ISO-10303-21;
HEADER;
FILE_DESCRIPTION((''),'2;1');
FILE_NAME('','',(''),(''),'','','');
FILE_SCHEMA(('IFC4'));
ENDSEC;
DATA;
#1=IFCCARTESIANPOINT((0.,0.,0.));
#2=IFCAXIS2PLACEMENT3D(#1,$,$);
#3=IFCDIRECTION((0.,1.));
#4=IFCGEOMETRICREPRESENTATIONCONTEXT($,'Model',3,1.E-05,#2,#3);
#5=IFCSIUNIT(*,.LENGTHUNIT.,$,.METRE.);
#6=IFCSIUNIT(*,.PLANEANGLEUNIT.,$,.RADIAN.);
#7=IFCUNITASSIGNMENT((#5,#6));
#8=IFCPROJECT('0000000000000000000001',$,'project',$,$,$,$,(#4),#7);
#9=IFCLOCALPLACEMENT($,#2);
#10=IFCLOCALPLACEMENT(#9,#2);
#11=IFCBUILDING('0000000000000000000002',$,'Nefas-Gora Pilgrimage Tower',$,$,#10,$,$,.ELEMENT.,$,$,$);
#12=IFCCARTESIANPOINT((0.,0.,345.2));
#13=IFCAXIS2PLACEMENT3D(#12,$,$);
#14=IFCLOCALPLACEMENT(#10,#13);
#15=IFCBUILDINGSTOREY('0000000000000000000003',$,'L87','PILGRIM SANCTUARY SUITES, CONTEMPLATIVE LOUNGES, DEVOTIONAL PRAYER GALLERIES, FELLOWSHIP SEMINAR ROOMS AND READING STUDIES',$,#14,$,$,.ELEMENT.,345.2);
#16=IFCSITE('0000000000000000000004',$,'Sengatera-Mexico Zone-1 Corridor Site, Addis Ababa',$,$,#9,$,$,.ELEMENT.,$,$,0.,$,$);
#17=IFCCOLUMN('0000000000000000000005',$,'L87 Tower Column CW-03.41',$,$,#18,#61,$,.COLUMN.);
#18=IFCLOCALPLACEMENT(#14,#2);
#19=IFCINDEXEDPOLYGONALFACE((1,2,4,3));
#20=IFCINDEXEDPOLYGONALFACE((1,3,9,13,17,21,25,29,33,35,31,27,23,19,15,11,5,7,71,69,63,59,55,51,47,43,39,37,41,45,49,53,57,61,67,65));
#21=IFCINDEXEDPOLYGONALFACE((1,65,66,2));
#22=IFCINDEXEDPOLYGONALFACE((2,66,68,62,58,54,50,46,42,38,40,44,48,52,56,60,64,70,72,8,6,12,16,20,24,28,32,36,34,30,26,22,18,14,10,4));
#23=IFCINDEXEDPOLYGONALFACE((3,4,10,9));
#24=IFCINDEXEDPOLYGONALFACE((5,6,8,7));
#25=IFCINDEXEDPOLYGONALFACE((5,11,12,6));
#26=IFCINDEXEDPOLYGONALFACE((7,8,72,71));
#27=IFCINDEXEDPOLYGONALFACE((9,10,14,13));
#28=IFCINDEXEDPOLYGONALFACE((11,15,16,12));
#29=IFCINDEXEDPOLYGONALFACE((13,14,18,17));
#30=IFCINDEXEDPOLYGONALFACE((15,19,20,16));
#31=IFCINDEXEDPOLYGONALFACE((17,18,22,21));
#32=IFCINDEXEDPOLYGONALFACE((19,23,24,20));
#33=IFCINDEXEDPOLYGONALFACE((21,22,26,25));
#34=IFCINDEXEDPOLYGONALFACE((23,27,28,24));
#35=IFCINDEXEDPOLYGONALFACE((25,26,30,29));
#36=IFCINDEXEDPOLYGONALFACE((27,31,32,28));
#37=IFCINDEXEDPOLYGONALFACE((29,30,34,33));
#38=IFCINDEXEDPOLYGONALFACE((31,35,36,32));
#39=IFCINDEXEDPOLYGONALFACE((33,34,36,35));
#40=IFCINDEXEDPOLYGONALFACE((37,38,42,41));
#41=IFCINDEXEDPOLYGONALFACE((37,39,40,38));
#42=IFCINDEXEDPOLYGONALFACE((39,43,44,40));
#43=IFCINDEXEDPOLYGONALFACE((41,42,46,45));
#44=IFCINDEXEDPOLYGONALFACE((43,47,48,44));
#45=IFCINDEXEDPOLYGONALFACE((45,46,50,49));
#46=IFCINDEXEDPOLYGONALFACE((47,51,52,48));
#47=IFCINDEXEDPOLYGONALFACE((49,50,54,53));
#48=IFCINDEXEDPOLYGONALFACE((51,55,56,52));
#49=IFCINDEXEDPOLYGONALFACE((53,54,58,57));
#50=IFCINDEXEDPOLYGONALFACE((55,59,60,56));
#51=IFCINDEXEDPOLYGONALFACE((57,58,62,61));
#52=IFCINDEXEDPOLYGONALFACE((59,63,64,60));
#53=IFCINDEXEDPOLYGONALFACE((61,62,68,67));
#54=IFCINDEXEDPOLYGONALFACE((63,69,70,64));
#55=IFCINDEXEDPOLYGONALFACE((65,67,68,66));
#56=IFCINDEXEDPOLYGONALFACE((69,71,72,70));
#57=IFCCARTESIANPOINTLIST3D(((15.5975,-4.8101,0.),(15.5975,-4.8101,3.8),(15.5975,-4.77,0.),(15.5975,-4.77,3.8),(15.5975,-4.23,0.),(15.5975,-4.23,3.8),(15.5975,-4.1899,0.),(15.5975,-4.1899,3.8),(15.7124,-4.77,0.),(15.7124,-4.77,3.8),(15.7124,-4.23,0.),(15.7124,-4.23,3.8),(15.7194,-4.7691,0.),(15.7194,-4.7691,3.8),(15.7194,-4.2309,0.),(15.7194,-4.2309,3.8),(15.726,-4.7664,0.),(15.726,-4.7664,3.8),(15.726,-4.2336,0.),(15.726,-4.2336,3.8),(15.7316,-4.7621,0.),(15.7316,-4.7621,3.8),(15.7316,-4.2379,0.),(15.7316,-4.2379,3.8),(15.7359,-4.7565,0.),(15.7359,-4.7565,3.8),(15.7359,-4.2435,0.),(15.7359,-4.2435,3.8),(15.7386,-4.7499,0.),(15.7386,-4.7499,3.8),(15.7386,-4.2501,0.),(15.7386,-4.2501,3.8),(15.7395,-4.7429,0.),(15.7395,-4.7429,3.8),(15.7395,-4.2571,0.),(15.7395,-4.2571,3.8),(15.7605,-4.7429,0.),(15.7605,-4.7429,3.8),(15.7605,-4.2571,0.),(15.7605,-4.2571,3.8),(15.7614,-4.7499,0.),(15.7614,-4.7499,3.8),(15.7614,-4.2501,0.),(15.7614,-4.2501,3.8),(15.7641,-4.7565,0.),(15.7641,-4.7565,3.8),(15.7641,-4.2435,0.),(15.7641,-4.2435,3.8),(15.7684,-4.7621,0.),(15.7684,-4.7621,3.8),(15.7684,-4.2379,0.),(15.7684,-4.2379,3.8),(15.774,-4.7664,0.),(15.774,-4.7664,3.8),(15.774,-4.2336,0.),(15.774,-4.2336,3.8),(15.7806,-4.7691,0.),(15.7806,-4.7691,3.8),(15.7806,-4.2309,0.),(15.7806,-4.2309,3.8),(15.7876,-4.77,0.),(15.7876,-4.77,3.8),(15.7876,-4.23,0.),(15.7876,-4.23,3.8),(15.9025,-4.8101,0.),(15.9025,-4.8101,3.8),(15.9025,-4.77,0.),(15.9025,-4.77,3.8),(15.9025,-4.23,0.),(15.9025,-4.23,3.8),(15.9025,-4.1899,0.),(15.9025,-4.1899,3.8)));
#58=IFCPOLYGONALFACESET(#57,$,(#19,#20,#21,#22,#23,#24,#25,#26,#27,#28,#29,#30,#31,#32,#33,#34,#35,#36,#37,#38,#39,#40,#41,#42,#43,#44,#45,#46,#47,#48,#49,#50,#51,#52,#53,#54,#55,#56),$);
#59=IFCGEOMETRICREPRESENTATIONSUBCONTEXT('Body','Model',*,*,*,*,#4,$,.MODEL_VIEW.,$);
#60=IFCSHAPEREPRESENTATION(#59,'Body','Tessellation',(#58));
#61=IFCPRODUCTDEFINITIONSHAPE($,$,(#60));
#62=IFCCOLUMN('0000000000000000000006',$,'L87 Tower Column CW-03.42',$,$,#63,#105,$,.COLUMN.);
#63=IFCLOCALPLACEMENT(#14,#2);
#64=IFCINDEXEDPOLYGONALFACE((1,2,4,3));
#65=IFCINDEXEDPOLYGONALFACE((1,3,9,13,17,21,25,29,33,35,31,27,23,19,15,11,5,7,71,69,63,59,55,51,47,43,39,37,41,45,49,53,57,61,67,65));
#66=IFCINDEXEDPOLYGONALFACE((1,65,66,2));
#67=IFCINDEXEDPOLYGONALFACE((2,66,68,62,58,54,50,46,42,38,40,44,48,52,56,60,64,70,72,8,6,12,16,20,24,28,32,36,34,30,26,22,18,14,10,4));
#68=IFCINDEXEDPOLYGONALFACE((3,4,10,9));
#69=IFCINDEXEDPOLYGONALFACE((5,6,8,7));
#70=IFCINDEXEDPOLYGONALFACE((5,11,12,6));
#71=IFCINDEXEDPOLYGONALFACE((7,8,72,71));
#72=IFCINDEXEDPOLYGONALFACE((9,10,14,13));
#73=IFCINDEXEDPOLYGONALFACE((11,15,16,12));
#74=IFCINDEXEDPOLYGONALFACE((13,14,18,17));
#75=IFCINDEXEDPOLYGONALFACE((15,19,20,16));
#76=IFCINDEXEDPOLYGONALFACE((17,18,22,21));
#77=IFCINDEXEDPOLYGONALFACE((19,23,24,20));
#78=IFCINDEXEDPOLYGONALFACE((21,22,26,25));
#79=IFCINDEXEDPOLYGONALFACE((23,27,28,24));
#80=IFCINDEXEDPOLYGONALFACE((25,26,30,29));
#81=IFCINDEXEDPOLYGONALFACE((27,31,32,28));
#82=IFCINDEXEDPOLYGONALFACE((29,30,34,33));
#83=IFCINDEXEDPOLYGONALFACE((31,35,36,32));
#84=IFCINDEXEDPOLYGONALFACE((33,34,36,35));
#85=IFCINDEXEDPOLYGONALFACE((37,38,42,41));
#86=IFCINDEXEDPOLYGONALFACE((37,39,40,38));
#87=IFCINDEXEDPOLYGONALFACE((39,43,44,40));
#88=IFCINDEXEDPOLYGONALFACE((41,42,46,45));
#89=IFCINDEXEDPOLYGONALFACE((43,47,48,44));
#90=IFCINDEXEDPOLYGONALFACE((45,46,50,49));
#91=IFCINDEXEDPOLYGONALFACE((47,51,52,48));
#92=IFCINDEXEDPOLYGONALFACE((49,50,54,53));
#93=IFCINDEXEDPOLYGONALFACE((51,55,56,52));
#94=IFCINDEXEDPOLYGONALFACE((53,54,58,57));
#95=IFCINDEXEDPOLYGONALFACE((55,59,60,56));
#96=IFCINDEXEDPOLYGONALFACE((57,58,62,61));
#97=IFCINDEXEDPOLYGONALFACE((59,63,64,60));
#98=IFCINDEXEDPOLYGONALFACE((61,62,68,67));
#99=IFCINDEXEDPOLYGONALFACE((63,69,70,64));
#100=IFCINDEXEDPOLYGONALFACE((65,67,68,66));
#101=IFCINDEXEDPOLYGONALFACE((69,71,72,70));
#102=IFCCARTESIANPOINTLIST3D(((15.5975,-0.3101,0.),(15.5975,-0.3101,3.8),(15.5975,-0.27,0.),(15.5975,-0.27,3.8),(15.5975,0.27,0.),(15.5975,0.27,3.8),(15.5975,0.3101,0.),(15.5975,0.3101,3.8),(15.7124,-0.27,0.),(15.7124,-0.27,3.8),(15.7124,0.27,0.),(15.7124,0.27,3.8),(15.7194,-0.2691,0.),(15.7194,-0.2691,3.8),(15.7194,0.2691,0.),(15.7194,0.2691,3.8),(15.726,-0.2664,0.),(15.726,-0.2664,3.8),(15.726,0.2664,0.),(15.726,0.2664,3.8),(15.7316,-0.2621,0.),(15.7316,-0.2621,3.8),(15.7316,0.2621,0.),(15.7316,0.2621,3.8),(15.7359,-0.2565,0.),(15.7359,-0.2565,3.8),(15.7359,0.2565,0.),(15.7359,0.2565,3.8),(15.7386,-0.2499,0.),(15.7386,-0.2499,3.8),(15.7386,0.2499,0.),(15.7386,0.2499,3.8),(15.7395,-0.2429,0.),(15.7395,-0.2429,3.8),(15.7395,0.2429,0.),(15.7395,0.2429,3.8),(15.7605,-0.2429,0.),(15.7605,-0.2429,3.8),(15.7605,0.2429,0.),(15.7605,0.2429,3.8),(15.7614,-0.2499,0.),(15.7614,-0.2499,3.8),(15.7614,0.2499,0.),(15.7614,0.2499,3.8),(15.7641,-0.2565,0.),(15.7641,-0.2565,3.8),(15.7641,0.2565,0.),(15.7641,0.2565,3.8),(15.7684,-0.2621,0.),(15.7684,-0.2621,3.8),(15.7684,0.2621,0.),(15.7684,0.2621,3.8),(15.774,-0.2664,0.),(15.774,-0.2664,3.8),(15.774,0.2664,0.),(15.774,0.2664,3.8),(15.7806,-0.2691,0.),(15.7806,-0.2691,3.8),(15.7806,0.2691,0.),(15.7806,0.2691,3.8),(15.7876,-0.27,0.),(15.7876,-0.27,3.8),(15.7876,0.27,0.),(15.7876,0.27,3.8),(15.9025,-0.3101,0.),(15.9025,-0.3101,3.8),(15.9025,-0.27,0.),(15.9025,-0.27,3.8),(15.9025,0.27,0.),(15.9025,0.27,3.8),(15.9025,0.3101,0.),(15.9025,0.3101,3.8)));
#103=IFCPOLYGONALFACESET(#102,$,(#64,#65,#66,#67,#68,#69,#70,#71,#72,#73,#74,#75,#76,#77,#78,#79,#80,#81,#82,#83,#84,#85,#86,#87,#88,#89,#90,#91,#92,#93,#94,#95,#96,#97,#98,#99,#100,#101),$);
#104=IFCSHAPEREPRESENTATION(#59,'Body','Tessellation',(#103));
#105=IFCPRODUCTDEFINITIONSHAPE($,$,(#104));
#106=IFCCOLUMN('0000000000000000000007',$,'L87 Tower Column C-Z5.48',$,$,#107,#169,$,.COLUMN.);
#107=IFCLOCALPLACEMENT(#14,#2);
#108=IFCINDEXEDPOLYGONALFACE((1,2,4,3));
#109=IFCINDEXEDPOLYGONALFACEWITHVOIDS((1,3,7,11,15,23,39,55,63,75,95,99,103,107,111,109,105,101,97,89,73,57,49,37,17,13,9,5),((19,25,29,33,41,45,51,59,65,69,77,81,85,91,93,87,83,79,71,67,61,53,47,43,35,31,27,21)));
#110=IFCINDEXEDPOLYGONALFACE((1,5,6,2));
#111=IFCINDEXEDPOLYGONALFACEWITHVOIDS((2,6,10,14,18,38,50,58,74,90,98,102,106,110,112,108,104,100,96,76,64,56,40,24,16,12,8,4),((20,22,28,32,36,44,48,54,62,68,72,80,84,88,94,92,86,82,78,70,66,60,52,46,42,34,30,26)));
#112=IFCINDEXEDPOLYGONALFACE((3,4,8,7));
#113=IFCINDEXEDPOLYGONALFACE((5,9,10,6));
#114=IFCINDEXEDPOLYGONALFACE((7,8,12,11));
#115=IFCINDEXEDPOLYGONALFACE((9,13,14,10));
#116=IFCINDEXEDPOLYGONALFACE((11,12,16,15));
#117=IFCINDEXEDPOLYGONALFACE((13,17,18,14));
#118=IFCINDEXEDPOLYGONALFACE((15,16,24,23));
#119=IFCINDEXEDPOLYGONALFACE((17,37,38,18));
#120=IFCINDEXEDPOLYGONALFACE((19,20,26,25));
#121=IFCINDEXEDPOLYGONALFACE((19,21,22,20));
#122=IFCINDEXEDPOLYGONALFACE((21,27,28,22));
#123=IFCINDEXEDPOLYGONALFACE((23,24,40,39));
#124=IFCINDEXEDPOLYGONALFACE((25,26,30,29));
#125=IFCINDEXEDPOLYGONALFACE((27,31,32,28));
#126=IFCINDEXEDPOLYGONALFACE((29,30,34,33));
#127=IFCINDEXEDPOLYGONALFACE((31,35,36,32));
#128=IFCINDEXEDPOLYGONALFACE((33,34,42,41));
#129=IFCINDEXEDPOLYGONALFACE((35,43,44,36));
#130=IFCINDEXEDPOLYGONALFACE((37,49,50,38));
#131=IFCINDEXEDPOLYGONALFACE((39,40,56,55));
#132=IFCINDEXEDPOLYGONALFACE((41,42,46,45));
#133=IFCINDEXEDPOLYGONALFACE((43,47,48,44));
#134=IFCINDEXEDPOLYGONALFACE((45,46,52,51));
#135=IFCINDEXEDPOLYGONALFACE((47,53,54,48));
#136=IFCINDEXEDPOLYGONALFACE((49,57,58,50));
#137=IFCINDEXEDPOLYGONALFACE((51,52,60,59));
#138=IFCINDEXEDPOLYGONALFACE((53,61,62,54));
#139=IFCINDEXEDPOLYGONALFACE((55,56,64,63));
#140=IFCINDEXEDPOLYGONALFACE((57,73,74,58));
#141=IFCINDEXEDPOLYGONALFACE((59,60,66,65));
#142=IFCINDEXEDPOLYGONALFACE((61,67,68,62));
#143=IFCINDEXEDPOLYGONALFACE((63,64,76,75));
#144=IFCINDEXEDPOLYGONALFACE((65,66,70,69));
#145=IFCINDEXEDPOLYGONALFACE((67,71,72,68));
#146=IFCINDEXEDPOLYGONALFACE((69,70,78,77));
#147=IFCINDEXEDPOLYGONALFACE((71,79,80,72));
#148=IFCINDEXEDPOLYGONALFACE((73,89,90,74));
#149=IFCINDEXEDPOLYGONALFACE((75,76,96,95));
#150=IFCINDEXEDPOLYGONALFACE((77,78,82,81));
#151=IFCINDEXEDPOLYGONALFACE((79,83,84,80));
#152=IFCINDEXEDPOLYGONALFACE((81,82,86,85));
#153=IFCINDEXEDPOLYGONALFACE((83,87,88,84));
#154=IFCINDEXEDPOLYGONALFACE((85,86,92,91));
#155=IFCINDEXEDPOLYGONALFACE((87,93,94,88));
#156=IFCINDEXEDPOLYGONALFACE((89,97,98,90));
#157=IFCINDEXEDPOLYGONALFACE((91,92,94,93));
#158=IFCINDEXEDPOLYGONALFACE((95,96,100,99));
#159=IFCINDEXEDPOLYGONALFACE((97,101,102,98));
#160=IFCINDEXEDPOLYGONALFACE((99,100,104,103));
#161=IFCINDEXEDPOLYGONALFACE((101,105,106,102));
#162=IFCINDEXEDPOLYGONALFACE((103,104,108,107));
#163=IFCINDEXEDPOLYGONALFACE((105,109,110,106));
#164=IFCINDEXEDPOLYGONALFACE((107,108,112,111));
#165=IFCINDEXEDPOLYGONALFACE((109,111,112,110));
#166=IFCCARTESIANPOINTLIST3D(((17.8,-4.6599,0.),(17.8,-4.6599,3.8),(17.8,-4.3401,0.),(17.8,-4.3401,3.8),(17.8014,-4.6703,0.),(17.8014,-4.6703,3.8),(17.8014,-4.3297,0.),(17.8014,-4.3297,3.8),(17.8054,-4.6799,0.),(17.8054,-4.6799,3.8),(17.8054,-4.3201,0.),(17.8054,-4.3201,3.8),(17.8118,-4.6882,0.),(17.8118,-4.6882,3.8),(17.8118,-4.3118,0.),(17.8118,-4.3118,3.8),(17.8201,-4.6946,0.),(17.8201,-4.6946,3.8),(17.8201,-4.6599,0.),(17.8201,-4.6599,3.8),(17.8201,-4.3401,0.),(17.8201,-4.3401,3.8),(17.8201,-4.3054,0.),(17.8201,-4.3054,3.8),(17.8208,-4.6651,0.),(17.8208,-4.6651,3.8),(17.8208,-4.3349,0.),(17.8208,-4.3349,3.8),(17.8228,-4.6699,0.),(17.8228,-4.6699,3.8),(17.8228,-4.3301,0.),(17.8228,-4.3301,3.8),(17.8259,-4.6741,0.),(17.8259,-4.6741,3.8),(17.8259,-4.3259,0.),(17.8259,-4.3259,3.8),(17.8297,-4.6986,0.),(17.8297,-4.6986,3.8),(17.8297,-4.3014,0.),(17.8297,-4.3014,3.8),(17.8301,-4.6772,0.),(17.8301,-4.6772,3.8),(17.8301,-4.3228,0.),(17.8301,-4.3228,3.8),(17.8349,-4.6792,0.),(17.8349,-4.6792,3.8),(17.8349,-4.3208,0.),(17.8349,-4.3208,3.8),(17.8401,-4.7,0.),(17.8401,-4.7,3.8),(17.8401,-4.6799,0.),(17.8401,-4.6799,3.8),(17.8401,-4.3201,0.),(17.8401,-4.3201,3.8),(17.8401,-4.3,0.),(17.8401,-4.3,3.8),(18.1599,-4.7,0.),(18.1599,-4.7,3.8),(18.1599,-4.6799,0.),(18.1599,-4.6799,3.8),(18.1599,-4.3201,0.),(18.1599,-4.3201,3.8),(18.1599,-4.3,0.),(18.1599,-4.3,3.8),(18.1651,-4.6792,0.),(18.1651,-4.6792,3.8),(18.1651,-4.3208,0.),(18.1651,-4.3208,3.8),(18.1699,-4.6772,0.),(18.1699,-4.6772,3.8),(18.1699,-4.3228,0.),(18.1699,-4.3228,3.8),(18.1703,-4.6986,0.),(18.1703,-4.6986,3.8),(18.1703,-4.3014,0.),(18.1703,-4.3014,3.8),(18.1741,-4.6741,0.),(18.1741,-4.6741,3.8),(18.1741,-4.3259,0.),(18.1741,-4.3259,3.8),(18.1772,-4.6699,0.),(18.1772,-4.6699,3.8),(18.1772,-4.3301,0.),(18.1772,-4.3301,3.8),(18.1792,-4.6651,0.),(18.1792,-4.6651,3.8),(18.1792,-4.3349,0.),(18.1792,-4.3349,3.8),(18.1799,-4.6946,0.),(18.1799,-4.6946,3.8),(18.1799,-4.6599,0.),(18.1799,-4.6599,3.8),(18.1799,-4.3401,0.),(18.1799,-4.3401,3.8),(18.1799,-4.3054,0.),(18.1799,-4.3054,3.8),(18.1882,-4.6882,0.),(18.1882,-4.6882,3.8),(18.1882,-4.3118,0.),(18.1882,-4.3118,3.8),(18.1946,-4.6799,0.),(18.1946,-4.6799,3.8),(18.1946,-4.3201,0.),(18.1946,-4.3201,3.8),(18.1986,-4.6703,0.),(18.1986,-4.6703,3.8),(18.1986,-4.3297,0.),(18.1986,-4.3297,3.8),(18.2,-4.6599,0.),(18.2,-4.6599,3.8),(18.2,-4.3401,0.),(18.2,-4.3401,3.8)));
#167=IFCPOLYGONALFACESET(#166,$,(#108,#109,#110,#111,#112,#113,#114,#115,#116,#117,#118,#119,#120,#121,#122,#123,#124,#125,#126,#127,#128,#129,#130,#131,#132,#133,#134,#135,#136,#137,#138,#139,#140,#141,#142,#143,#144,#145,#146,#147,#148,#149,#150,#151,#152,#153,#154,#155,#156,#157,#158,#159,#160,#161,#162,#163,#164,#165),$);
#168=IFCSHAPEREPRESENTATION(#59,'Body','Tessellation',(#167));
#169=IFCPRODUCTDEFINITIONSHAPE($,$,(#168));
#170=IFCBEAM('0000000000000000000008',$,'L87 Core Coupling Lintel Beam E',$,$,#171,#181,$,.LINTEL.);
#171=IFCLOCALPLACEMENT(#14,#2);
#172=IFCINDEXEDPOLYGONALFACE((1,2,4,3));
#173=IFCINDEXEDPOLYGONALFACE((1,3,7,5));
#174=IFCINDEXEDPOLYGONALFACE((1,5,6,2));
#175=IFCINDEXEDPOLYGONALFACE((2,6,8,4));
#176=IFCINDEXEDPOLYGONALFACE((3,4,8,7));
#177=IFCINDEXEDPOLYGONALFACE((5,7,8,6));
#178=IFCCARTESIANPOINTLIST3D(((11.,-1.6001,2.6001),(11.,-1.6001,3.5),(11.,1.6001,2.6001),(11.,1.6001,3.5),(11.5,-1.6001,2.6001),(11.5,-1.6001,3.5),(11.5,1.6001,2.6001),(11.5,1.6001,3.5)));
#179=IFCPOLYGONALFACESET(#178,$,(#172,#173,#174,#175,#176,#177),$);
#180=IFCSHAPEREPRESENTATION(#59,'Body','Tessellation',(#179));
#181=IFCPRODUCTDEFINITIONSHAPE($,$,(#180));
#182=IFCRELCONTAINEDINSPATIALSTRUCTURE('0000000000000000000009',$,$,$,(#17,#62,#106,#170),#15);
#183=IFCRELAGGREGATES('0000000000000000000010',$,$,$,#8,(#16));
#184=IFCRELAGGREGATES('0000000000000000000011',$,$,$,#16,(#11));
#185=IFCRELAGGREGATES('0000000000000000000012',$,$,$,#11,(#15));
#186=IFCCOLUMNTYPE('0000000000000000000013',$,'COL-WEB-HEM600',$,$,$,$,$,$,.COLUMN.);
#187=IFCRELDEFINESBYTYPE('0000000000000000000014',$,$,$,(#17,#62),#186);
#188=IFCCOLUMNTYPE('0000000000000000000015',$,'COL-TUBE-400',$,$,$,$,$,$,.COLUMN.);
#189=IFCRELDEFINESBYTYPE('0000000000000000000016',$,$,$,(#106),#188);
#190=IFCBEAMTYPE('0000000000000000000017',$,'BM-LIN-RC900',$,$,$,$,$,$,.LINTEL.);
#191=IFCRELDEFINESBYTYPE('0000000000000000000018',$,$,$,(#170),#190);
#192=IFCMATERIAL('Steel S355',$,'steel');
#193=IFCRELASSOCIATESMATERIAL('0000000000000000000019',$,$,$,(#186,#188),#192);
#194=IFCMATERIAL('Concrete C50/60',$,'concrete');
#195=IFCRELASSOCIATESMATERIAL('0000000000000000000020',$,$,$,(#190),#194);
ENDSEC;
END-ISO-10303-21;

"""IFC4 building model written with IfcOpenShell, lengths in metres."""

from ifc_helpers import new_model, si_unit, direction, frame, origin, origin_2d, place, context, subcontext, project, spatial, rectangle, hollow_rectangle, i_section, extrude, source, transform, mapped, material, material_profile, profile_set, type_object, element, save


model = new_model("IFC4")

# Units and contexts
model_context = context("Model", 3, precision=1e-05, world=origin(), true_north=direction((0.0, 1.0)))
body_context = subcontext(model_context, "Body", "Model", "MODEL_VIEW")
ifc_project = project(units=[si_unit("LENGTHUNIT", "METRE"), si_unit("PLANEANGLEUNIT", "RADIAN")], contexts=[model_context])

# Site, building, storey
site_placement = place(None, origin())
site = spatial("IfcSite", under=ifc_project, at=site_placement, Name="Sengatera-Mexico Zone-1 Corridor Site, Addis Ababa", CompositionType="ELEMENT", RefElevation=0.0)
building_placement = place(site_placement, origin())
building = spatial("IfcBuilding", under=site, at=building_placement, Name="Nefas-Gora Pilgrimage Tower", CompositionType="ELEMENT")
storey_placement = place(building_placement, frame((0.0, 0.0, 345.2)))
storey = spatial("IfcBuildingStorey", under=building, at=storey_placement, Name="L87", Description="PILGRIM SANCTUARY SUITES, CONTEMPLATIVE LOUNGES, DEVOTIONAL PRAYER GALLERIES, FELLOWSHIP SEMINAR ROOMS AND READING STUDIES", CompositionType="ELEMENT", Elevation=345.2)

# Columns
ifc_material_1 = material(Name="Steel S355", Category="steel")
ifc_material_profile_1 = material_profile(ifc_material_1, i_section(OverallWidth=0.3049, OverallDepth=0.6201, WebThickness=0.021, FlangeThickness=0.04, FilletRadius=0.0271, at=origin_2d()), Name="HEM 600")
ifc_profile_set_1 = profile_set([ifc_material_profile_1], Name="Steel S355")
column_type_1 = type_object("IfcColumnType", Name="COL-WEB-HEM600", PredefinedType="COLUMN", material=ifc_profile_set_1)
shared_shape_1 = source(origin(), body_context, "Body", "SweptSolid", [
    extrude(i_section(OverallWidth=0.3049, OverallDepth=0.6201, WebThickness=0.021, FlangeThickness=0.04, FilletRadius=0.0271, at=origin_2d()), origin(), (0.0, 0.0, 1.0), 3.8),
])
for number, where, z_axis, x_axis, name in (
    (1, (15.75, -4.5, 0.0), (0.0, 0.0, 1.0), (1.0, 0.0, 0.0), "L87 Tower Column CW-03.41"),
    (2, (15.75, 0.0, 0.0), (0.0, 0.0, 1.0), (1.0, 0.0, 0.0), "L87 Tower Column CW-03.42"),
):
    element("IfcColumn", number, at=place(storey_placement, frame(where, z_axis=z_axis, x_axis=x_axis)), inside=storey, type_object=column_type_1, Name=name, PredefinedType="COLUMN", context=body_context, shape_type="MappedRepresentation", body=[
        mapped(shared_shape_1, transform((0.0, 0.0, 0.0), x_axis=(1.0, 0.0, 0.0), y_axis=(0.0, 1.0, 0.0), z_axis=(0.0, 0.0, 1.0), scale=1.0)),
    ])
ifc_material_profile_2 = material_profile(ifc_material_1, hollow_rectangle(XDim=0.3999, YDim=0.3999, WallThickness=0.02, InnerFilletRadius=0.02, OuterFilletRadius=0.04, at=origin_2d()), Name="SHS 400x400x20")
ifc_profile_set_2 = profile_set([ifc_material_profile_2], Name="Steel S355")
column_type_2 = type_object("IfcColumnType", Name="COL-TUBE-400", PredefinedType="COLUMN", material=ifc_profile_set_2)
shared_shape_2 = source(origin(), body_context, "Body", "SweptSolid", [
    extrude(hollow_rectangle(XDim=0.3999, YDim=0.3999, WallThickness=0.02, InnerFilletRadius=0.02, OuterFilletRadius=0.04, at=origin_2d()), origin(), (0.0, 0.0, 1.0), 3.8),
])
column_placement = place(storey_placement, frame((18.0, -4.5, 0.0), z_axis=(0.0, 0.0, 1.0), x_axis=(1.0, 0.0, 0.0)))
element("IfcColumn", 3, at=column_placement, inside=storey, type_object=column_type_2, Name="L87 Tower Column C-Z5.48", PredefinedType="COLUMN", context=body_context, shape_type="MappedRepresentation", body=[
    mapped(shared_shape_2, transform((0.0, 0.0, 0.0), x_axis=(1.0, 0.0, 0.0), y_axis=(0.0, 1.0, 0.0), z_axis=(0.0, 0.0, 1.0), scale=1.0)),
])

# Beam
ifc_material_2 = material(Name="Concrete C50/60", Category="concrete")
ifc_material_profile_3 = material_profile(ifc_material_2, rectangle(XDim=0.5, YDim=0.8999, at=origin_2d()), Name="RC 500x900")
ifc_profile_set_3 = profile_set([ifc_material_profile_3], Name="Concrete C50/60")
beam_type_1 = type_object("IfcBeamType", Name="BM-LIN-RC900", PredefinedType="LINTEL", material=ifc_profile_set_3)
shared_shape_3 = source(origin(), body_context, "Body", "SweptSolid", [
    extrude(rectangle(XDim=0.5, YDim=0.8999, at=origin_2d()), origin(), (0.0, 0.0, 1.0), 3.2002),
])
beam_1_placement = place(storey_placement, frame((11.25, -1.6001, 3.05), z_axis=(0.0, 1.0, 0.0), x_axis=(-1.0, 0.0, 0.0)))
element("IfcBeam", 4, at=beam_1_placement, inside=storey, type_object=beam_type_1, Name="L87 Core Coupling Lintel Beam E", PredefinedType="LINTEL", context=body_context, shape_type="MappedRepresentation", body=[
    mapped(shared_shape_3, transform((0.0, 0.0, 0.0), x_axis=(1.0, 0.0, 0.0), y_axis=(0.0, 1.0, 0.0), z_axis=(0.0, 0.0, 1.0), scale=1.0)),
])

save(model, "model.ifc")
